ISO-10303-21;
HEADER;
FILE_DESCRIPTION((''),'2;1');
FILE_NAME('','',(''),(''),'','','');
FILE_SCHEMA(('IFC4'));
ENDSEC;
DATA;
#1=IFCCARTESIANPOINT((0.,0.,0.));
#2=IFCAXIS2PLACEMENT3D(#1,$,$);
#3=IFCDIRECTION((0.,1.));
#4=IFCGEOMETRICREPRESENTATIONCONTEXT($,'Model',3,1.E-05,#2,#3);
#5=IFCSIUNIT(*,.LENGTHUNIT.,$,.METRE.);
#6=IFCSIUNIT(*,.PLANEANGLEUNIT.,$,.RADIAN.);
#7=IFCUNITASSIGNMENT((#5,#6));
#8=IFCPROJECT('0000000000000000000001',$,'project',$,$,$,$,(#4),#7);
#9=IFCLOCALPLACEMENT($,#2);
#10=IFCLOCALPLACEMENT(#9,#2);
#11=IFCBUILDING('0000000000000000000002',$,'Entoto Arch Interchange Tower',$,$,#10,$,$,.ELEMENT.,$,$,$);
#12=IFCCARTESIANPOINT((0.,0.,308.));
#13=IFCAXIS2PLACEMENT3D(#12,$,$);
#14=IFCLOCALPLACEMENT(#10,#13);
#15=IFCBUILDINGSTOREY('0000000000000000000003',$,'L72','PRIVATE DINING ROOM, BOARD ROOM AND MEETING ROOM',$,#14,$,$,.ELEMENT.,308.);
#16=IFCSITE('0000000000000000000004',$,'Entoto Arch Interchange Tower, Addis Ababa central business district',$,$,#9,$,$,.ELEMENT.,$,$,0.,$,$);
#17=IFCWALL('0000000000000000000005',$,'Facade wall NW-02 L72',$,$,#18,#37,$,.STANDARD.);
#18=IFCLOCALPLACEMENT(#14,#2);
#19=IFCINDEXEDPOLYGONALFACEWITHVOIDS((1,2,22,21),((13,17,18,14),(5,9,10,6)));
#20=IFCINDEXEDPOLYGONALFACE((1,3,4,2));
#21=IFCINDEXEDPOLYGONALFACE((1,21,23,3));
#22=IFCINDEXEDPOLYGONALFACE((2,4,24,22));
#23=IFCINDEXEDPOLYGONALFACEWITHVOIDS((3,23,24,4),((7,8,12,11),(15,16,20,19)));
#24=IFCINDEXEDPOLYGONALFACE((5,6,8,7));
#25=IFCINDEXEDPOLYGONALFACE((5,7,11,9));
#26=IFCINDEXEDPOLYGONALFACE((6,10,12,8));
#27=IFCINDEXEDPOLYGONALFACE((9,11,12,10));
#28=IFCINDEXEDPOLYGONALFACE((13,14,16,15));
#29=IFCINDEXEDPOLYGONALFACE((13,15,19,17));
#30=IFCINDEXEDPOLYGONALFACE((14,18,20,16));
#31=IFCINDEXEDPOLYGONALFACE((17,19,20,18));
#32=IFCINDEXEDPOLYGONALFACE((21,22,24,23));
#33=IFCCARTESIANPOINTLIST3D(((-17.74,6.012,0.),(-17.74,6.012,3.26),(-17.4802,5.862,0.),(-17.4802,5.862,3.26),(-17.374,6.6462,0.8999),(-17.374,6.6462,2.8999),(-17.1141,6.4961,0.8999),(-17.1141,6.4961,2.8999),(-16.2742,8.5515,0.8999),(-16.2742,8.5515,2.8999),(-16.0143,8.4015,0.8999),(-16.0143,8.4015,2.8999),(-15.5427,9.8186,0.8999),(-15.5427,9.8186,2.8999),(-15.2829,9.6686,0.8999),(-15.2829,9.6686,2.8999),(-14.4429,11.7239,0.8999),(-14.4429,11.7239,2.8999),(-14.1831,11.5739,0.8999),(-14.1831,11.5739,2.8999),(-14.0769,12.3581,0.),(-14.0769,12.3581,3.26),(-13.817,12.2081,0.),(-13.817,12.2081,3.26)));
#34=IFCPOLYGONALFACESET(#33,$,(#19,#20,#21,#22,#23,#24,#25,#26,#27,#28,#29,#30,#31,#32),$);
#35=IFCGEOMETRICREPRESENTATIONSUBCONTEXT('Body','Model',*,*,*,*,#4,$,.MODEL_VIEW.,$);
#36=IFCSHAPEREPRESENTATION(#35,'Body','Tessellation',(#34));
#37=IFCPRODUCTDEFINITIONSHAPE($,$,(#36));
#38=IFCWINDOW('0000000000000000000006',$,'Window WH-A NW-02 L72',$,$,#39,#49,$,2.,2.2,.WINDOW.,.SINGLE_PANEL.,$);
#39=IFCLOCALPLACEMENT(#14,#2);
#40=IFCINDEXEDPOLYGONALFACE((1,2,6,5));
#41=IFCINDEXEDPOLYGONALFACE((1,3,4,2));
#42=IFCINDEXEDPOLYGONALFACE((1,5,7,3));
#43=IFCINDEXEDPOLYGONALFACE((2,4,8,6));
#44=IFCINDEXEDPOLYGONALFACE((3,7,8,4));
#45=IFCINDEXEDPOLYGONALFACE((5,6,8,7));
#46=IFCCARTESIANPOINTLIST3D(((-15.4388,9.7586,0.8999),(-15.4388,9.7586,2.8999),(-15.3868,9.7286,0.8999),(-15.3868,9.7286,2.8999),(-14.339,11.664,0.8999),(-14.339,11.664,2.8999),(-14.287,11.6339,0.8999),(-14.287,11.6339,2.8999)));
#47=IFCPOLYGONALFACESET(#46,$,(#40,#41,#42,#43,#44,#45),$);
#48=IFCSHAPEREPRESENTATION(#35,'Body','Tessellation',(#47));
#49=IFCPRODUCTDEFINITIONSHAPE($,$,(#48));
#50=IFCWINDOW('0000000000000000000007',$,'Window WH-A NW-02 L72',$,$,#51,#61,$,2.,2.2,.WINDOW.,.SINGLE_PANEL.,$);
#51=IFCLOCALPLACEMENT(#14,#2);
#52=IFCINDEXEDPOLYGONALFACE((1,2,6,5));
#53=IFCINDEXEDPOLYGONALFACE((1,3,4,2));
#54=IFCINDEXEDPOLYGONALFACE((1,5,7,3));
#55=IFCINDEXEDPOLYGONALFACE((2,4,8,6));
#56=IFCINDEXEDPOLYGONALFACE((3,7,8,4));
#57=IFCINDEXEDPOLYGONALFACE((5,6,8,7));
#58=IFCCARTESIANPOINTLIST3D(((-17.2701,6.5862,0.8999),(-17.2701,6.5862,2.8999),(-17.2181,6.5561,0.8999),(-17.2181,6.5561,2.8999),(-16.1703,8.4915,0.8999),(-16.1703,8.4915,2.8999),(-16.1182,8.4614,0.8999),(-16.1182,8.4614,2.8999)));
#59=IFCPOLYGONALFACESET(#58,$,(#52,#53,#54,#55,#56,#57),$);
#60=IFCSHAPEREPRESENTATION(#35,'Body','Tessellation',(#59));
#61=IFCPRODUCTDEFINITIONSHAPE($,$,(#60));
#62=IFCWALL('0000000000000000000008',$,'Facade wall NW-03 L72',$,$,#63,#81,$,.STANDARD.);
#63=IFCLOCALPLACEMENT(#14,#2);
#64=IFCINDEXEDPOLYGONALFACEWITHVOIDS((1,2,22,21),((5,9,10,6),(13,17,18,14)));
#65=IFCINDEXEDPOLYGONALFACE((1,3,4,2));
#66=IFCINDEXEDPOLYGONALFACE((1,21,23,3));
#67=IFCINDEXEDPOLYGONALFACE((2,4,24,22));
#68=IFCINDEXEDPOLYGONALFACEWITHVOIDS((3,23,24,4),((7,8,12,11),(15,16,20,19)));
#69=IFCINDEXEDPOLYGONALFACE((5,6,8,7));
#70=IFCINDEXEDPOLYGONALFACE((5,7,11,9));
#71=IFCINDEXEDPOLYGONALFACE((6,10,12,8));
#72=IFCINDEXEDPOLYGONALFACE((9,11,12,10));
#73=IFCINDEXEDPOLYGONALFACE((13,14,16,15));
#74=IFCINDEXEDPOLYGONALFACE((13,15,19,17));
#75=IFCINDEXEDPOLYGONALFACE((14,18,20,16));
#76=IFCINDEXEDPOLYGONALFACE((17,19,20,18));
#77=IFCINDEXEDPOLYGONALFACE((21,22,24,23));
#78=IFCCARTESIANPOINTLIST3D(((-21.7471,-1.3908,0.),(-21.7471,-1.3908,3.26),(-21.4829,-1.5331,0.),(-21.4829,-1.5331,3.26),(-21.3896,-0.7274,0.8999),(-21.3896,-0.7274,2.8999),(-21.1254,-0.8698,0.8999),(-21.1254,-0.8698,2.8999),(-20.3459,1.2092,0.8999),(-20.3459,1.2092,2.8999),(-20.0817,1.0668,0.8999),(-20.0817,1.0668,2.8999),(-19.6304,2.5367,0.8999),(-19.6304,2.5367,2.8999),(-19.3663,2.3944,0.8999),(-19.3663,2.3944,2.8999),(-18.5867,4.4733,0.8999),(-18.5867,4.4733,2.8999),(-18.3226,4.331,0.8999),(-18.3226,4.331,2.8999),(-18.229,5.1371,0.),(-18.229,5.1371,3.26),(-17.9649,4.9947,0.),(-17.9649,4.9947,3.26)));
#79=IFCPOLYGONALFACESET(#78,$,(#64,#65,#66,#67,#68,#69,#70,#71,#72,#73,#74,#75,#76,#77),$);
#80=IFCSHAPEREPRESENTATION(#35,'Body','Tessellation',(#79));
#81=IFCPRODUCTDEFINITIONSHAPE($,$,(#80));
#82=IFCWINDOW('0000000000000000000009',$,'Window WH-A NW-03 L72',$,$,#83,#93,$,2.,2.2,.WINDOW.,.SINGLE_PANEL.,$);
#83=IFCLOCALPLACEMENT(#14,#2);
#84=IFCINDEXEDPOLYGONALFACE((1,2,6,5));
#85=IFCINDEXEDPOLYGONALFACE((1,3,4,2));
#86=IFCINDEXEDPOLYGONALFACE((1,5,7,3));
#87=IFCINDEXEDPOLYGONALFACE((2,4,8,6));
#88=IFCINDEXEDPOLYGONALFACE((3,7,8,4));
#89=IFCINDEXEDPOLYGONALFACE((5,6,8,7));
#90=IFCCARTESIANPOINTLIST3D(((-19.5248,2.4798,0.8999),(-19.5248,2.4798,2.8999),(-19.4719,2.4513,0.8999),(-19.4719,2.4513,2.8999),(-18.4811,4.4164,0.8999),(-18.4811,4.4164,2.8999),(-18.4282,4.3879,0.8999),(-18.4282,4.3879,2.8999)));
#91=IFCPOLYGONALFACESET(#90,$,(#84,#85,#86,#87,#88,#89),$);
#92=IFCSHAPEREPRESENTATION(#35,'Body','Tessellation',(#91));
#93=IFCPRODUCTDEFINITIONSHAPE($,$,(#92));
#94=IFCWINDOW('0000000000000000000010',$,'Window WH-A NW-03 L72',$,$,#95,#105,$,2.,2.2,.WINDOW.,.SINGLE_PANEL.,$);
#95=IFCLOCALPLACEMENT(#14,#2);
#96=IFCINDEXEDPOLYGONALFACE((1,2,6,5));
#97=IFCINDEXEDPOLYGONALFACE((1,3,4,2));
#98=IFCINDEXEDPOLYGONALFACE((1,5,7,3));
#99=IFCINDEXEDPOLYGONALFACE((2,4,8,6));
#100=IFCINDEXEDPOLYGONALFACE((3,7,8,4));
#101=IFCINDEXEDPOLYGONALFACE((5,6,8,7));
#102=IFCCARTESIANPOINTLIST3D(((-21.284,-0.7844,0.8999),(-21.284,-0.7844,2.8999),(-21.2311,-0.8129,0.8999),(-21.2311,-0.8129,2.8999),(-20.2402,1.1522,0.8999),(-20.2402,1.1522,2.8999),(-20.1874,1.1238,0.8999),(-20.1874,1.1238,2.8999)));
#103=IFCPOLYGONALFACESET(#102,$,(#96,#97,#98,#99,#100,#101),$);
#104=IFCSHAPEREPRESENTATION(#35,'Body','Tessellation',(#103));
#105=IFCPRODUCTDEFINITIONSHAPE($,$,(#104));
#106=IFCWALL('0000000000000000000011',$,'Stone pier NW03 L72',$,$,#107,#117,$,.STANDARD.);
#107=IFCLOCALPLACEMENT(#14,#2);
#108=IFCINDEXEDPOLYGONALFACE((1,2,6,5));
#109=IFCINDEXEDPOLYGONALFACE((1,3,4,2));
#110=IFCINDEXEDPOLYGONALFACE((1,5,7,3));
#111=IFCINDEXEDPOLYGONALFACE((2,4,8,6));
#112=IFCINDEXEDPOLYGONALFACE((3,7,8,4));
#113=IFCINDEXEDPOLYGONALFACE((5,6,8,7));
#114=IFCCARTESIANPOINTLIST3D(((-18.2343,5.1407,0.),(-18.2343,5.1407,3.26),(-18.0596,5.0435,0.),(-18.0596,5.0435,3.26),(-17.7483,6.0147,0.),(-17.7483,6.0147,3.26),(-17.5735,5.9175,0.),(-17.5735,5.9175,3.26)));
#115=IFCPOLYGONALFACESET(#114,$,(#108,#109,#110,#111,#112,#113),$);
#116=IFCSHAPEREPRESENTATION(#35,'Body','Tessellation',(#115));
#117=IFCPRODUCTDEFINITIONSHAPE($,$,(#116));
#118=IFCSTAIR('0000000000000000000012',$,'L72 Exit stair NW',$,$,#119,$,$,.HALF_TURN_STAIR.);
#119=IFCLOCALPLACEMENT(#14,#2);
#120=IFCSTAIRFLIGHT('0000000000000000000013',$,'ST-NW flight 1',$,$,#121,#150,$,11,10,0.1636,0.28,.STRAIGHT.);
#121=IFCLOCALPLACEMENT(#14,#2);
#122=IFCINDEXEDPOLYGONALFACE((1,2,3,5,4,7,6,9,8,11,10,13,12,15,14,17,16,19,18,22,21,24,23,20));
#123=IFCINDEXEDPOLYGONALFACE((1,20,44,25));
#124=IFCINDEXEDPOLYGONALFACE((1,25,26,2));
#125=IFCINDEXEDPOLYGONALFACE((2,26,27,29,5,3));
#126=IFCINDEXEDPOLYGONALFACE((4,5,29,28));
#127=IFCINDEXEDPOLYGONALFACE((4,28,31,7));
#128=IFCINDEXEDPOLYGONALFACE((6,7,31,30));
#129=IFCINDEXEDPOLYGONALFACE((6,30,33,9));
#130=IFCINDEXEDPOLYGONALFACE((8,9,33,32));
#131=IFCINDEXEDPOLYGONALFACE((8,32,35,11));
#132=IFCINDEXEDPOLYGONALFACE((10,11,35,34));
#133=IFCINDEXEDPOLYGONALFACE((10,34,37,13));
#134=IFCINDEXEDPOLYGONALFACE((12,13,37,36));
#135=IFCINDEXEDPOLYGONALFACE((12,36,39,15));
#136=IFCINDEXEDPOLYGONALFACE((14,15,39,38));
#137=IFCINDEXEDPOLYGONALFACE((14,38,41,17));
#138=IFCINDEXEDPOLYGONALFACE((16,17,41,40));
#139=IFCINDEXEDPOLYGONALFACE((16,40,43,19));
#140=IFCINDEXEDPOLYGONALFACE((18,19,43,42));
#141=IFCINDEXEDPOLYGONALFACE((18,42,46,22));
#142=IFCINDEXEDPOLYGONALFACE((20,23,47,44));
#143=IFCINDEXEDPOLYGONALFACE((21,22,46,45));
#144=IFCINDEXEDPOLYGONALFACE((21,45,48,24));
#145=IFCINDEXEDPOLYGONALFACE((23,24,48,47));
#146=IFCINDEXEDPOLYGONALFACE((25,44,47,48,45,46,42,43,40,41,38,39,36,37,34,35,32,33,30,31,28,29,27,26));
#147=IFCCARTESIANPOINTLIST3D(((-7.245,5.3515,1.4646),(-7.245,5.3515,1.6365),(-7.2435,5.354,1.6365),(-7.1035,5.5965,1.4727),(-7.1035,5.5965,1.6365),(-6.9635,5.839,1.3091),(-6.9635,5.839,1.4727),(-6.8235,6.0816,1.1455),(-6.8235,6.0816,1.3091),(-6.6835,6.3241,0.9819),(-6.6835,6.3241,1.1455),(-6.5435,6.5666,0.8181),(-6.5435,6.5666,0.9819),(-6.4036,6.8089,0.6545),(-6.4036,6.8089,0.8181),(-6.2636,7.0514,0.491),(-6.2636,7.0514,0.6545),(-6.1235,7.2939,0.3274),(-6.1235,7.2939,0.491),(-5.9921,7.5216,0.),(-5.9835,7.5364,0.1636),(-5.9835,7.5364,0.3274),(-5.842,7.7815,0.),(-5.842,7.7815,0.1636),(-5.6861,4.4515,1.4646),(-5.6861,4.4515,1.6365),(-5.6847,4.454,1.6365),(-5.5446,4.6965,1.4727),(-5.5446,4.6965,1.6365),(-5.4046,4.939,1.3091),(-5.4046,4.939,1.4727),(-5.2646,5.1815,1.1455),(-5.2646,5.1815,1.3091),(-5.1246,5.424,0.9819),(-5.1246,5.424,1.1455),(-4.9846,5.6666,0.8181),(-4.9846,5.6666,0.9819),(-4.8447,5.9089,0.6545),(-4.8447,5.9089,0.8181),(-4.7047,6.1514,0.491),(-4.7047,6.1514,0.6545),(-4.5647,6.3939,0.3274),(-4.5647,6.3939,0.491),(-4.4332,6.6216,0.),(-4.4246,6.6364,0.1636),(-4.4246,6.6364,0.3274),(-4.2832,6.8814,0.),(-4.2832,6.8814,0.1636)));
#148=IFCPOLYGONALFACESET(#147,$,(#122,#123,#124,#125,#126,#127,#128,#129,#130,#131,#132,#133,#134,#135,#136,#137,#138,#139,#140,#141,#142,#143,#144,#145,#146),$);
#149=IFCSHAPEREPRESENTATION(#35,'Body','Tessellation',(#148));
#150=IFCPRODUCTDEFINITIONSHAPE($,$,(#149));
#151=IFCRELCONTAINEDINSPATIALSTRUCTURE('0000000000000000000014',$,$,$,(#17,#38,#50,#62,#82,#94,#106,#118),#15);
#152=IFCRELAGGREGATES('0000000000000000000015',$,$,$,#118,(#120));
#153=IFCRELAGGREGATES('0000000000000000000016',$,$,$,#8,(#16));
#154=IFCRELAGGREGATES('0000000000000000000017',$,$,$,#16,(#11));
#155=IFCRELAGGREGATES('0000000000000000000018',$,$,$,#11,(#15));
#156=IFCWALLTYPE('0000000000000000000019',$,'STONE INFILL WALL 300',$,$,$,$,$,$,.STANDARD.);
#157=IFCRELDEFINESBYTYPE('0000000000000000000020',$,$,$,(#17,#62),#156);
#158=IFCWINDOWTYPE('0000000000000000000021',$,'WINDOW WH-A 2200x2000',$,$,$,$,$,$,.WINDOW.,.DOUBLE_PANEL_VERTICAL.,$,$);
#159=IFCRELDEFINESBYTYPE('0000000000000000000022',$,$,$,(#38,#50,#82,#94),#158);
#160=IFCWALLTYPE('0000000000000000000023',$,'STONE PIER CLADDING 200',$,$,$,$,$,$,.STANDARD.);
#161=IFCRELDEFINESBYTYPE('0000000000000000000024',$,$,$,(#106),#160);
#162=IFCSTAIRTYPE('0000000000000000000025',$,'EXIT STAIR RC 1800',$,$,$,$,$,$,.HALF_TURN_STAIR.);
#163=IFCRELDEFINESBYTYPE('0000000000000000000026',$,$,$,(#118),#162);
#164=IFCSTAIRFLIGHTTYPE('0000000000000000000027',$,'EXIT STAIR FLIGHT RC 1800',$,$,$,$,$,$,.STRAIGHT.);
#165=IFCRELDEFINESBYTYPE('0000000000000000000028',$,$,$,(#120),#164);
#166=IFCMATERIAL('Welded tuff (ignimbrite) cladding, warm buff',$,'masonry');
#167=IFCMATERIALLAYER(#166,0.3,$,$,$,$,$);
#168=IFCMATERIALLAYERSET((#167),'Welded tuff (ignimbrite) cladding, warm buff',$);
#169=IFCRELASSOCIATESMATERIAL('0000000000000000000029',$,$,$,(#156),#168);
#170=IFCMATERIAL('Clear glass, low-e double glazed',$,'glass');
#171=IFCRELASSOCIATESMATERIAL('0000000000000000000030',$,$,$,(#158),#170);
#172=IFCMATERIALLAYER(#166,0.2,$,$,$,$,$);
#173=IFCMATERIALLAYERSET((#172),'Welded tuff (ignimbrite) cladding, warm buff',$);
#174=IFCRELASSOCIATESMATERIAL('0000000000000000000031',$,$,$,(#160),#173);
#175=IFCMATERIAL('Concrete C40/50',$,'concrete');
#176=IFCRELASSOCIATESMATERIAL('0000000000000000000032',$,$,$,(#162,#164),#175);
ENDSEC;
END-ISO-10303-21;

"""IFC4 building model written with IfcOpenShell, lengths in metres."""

from ifc_helpers import new_model, si_unit, direction, frame, frame_2d, origin, place, context, subcontext, project, spatial, polyline, rectangle, outline, extrude, material, layer, layer_set, type_object, element, fill, aggregate, save


model = new_model("IFC4")

# Units and contexts
model_context = context("Model", 3, precision=1e-05, world=origin(), true_north=direction((0.0, 1.0)))
body_context = subcontext(model_context, "Body", "Model", "MODEL_VIEW")
ifc_project = project(units=[si_unit("LENGTHUNIT", "METRE"), si_unit("PLANEANGLEUNIT", "RADIAN")], contexts=[model_context])

# Site, building, storey
site_placement = place(None, origin())
site = spatial("IfcSite", under=ifc_project, at=site_placement, Name="Entoto Arch Interchange Tower, Addis Ababa central business district", CompositionType="ELEMENT", RefElevation=0.0)
building_placement = place(site_placement, origin())
building = spatial("IfcBuilding", under=site, at=building_placement, Name="Entoto Arch Interchange Tower", CompositionType="ELEMENT")
storey_placement = place(building_placement, frame((0.0, 0.0, 308.0)))
storey = spatial("IfcBuildingStorey", under=building, at=storey_placement, Name="L72", Description="PRIVATE DINING ROOM, BOARD ROOM AND MEETING ROOM", CompositionType="ELEMENT", Elevation=308.0)

# Shared definitions
ifc_material_1 = material(Name="Concrete C40/50", Category="concrete")

# Walls, openings, windows
ifc_material_2 = material(Name="Welded tuff (ignimbrite) cladding, warm buff", Category="masonry")
ifc_layer_1 = layer(ifc_material_2, 0.3)
ifc_layer_set_1 = layer_set([ifc_layer_1], Name="Welded tuff (ignimbrite) cladding, warm buff")
wall_type_1 = type_object("IfcWallType", Name="STONE INFILL WALL 300", PredefinedType="STANDARD", material=ifc_layer_set_1)
wall_1_placement = place(storey_placement, frame((-13.947, 12.283, 0.0), z_axis=(0.0, 0.0, 1.0), x_axis=(-0.499923, -0.86607, 0.0)))
wall_1 = element("IfcWall", 1, at=wall_1_placement, inside=storey, type_object=wall_type_1, Name="Facade wall NW-02 L72", PredefinedType="STANDARD", context=body_context, shape_type="SweptSolid", body=[
    extrude(rectangle(XDim=7.3274, YDim=0.3, at=frame_2d((3.6636, 0.0))), origin(), (0.0, 0.0, 1.0), 3.26),
])
opening_1_placement = place(wall_1_placement, frame((0.7319, 0.0, 0.8999)))
opening_1 = element("IfcOpeningElement", 2, at=opening_1_placement, cuts=wall_1, PredefinedType="OPENING", context=body_context, shape_type="SweptSolid", body=[
    extrude(rectangle(XDim=2.2, YDim=2.0, at=frame_2d((1.1001, 1.0))), frame((0.0, 0.1602, 0.0), z_axis=(0.0, -1.0, 0.0), x_axis=(1.0, 0.0, 0.0)), (0.0, 0.0, 1.0), 0.3201),
])
opening_2_placement = place(wall_1_placement, frame((4.395, 0.0, 0.8999)))
opening_2 = element("IfcOpeningElement", 3, at=opening_2_placement, cuts=wall_1, PredefinedType="OPENING", context=body_context, shape_type="SweptSolid", body=[
    extrude(rectangle(XDim=2.2, YDim=2.0, at=frame_2d((1.1001, 1.0))), frame((0.0, 0.1602, 0.0), z_axis=(0.0, -1.0, 0.0), x_axis=(1.0, 0.0, 0.0)), (0.0, 0.0, 1.0), 0.3201),
])
ifc_material_3 = material(Name="Clear glass, low-e double glazed", Category="glass")
window_type = type_object("IfcWindowType", Name="WINDOW WH-A 2200x2000", PartitioningType="DOUBLE_PANEL_VERTICAL", PredefinedType="WINDOW", material=ifc_material_3)
window_1_placement = place(opening_1_placement, origin())
window_1 = element("IfcWindow", 4, at=window_1_placement, inside=storey, type_object=window_type, Name="Window WH-A NW-02 L72", OverallHeight=2.0, OverallWidth=2.2, PartitioningType="SINGLE_PANEL", PredefinedType="WINDOW", context=body_context, shape_type="SweptSolid", body=[
    extrude(rectangle(XDim=2.2, YDim=2.0, at=frame_2d((1.1001, 1.0))), frame((0.0, 0.03, 0.0), z_axis=(0.0, -1.0, 0.0), x_axis=(1.0, 0.0, 0.0)), (0.0, 0.0, 1.0), 0.0601),
])
fill(opening_1, window_1)
window_2_placement = place(opening_2_placement, origin())
window_2 = element("IfcWindow", 5, at=window_2_placement, inside=storey, type_object=window_type, Name="Window WH-A NW-02 L72", OverallHeight=2.0, OverallWidth=2.2, PartitioningType="SINGLE_PANEL", PredefinedType="WINDOW", context=body_context, shape_type="SweptSolid", body=[
    extrude(rectangle(XDim=2.2, YDim=2.0, at=frame_2d((1.1001, 1.0))), frame((0.0, 0.03, 0.0), z_axis=(0.0, -1.0, 0.0), x_axis=(1.0, 0.0, 0.0)), (0.0, 0.0, 1.0), 0.0601),
])
fill(opening_2, window_2)
wall_2_placement = place(storey_placement, frame((-18.0969, 5.0659, 0.0), z_axis=(0.0, 0.0, 1.0), x_axis=(-0.474422, -0.880298, 0.0)))
wall_2 = element("IfcWall", 6, at=wall_2_placement, inside=storey, type_object=wall_type_1, Name="Facade wall NW-03 L72", PredefinedType="STANDARD", context=body_context, shape_type="SweptSolid", body=[
    extrude(rectangle(XDim=7.4155, YDim=0.3, at=frame_2d((3.7078, 0.0))), origin(), (0.0, 0.0, 1.0), 3.26),
])
opening_3_placement = place(wall_2_placement, frame((0.7539, 0.0, 0.8999)))
opening_3 = element("IfcOpeningElement", 7, at=opening_3_placement, cuts=wall_2, PredefinedType="OPENING", context=body_context, shape_type="SweptSolid", body=[
    extrude(rectangle(XDim=2.2, YDim=2.0, at=frame_2d((1.1001, 1.0))), frame((0.0, 0.1602, 0.0), z_axis=(0.0, -1.0, 0.0), x_axis=(1.0, 0.0, 0.0)), (0.0, 0.0, 1.0), 0.3201),
])
opening_4_placement = place(wall_2_placement, frame((4.4619, 0.0, 0.8999)))
opening_4 = element("IfcOpeningElement", 8, at=opening_4_placement, cuts=wall_2, PredefinedType="OPENING", context=body_context, shape_type="SweptSolid", body=[
    extrude(rectangle(XDim=2.2, YDim=2.0, at=frame_2d((1.1001, 1.0))), frame((0.0, 0.1602, 0.0), z_axis=(0.0, -1.0, 0.0), x_axis=(1.0, 0.0, 0.0)), (0.0, 0.0, 1.0), 0.3201),
])
window_3_placement = place(opening_3_placement, origin())
window_3 = element("IfcWindow", 9, at=window_3_placement, inside=storey, type_object=window_type, Name="Window WH-A NW-03 L72", OverallHeight=2.0, OverallWidth=2.2, PartitioningType="SINGLE_PANEL", PredefinedType="WINDOW", context=body_context, shape_type="SweptSolid", body=[
    extrude(rectangle(XDim=2.2, YDim=2.0, at=frame_2d((1.1001, 1.0))), frame((0.0, 0.03, 0.0), z_axis=(0.0, -1.0, 0.0), x_axis=(1.0, 0.0, 0.0)), (0.0, 0.0, 1.0), 0.0601),
])
fill(opening_3, window_3)
window_4_placement = place(opening_4_placement, origin())
window_4 = element("IfcWindow", 10, at=window_4_placement, inside=storey, type_object=window_type, Name="Window WH-A NW-03 L72", OverallHeight=2.0, OverallWidth=2.2, PartitioningType="SINGLE_PANEL", PredefinedType="WINDOW", context=body_context, shape_type="SweptSolid", body=[
    extrude(rectangle(XDim=2.2, YDim=2.0, at=frame_2d((1.1001, 1.0))), frame((0.0, 0.03, 0.0), z_axis=(0.0, -1.0, 0.0), x_axis=(1.0, 0.0, 0.0)), (0.0, 0.0, 1.0), 0.0601),
])
fill(opening_4, window_4)

# Wall
ifc_layer_2 = layer(ifc_material_2, 0.2)
ifc_layer_set_2 = layer_set([ifc_layer_2], Name="Welded tuff (ignimbrite) cladding, warm buff")
wall_type_2 = type_object("IfcWallType", Name="STONE PIER CLADDING 200", PredefinedType="STANDARD", material=ifc_layer_set_2)
wall_3_placement = place(storey_placement, frame((-17.6609, 5.9661, 0.0), z_axis=(0.0, 0.0, 1.0), x_axis=(-0.486037, -0.873938, 0.0)))
element("IfcWall", 11, at=wall_3_placement, inside=storey, type_object=wall_type_2, Name="Stone pier NW03 L72", PredefinedType="STANDARD", context=body_context, shape_type="SweptSolid", body=[
    extrude(rectangle(XDim=1.0, YDim=0.2, at=frame_2d((0.5, 0.0))), origin(), (0.0, 0.0, 1.0), 3.26),
])

# Stair, stair flight
stair_type = type_object("IfcStairType", Name="EXIT STAIR RC 1800", PredefinedType="HALF_TURN_STAIR", material=ifc_material_1)
stair_placement = place(storey_placement, origin())
stair = element("IfcStair", 12, at=stair_placement, inside=storey, type_object=stair_type, Name="L72 Exit stair NW", PredefinedType="HALF_TURN_STAIR")
stair_flight_type = type_object("IfcStairFlightType", Name="EXIT STAIR FLIGHT RC 1800", PredefinedType="STRAIGHT", material=ifc_material_1)
stair_flight_placement = place(storey_placement, frame((-5.064, 7.3289, 0.0), z_axis=(0.0, 0.0, 1.0), x_axis=(-0.5, -0.866025, 0.0)))
stair_flight = element("IfcStairFlight", 13, at=stair_flight_placement, type_object=stair_flight_type, Name="ST-NW flight 1", NumberOfRisers=11, NumberOfTreads=10, PredefinedType="STRAIGHT", RiserHeight=0.1636, TreadLength=0.28, context=body_context, shape_type="SweptSolid", body=[
    extrude(outline(polyline([(-0.0029, 0.0), (-0.0029, 0.1636), (0.28, 0.1636), (0.28, 0.3274), (0.5601, 0.3274), (0.5601, 0.491), (0.8401, 0.491), (0.8401, 0.6545), (1.1201, 0.6545), (1.1201, 0.8181), (1.3999, 0.8181), (1.3999, 0.9819), (1.6799, 0.9819), (1.6799, 1.1455), (1.96, 1.1455), (1.96, 1.3091), (2.24, 1.3091), (2.24, 1.4727), (2.52, 1.4727), (2.52, 1.6365), (2.8, 1.6365), (2.803, 1.6365), (2.803, 1.4646), (0.2971, 0.0), (-0.0029, 0.0)])), frame((0.0, 0.8999, 0.0), z_axis=(0.0, -1.0, 0.0), x_axis=(1.0, 0.0, 0.0)), (0.0, 0.0, 1.0), 1.8),
])
aggregate(stair, [stair_flight])

save(model, "model.ifc")
